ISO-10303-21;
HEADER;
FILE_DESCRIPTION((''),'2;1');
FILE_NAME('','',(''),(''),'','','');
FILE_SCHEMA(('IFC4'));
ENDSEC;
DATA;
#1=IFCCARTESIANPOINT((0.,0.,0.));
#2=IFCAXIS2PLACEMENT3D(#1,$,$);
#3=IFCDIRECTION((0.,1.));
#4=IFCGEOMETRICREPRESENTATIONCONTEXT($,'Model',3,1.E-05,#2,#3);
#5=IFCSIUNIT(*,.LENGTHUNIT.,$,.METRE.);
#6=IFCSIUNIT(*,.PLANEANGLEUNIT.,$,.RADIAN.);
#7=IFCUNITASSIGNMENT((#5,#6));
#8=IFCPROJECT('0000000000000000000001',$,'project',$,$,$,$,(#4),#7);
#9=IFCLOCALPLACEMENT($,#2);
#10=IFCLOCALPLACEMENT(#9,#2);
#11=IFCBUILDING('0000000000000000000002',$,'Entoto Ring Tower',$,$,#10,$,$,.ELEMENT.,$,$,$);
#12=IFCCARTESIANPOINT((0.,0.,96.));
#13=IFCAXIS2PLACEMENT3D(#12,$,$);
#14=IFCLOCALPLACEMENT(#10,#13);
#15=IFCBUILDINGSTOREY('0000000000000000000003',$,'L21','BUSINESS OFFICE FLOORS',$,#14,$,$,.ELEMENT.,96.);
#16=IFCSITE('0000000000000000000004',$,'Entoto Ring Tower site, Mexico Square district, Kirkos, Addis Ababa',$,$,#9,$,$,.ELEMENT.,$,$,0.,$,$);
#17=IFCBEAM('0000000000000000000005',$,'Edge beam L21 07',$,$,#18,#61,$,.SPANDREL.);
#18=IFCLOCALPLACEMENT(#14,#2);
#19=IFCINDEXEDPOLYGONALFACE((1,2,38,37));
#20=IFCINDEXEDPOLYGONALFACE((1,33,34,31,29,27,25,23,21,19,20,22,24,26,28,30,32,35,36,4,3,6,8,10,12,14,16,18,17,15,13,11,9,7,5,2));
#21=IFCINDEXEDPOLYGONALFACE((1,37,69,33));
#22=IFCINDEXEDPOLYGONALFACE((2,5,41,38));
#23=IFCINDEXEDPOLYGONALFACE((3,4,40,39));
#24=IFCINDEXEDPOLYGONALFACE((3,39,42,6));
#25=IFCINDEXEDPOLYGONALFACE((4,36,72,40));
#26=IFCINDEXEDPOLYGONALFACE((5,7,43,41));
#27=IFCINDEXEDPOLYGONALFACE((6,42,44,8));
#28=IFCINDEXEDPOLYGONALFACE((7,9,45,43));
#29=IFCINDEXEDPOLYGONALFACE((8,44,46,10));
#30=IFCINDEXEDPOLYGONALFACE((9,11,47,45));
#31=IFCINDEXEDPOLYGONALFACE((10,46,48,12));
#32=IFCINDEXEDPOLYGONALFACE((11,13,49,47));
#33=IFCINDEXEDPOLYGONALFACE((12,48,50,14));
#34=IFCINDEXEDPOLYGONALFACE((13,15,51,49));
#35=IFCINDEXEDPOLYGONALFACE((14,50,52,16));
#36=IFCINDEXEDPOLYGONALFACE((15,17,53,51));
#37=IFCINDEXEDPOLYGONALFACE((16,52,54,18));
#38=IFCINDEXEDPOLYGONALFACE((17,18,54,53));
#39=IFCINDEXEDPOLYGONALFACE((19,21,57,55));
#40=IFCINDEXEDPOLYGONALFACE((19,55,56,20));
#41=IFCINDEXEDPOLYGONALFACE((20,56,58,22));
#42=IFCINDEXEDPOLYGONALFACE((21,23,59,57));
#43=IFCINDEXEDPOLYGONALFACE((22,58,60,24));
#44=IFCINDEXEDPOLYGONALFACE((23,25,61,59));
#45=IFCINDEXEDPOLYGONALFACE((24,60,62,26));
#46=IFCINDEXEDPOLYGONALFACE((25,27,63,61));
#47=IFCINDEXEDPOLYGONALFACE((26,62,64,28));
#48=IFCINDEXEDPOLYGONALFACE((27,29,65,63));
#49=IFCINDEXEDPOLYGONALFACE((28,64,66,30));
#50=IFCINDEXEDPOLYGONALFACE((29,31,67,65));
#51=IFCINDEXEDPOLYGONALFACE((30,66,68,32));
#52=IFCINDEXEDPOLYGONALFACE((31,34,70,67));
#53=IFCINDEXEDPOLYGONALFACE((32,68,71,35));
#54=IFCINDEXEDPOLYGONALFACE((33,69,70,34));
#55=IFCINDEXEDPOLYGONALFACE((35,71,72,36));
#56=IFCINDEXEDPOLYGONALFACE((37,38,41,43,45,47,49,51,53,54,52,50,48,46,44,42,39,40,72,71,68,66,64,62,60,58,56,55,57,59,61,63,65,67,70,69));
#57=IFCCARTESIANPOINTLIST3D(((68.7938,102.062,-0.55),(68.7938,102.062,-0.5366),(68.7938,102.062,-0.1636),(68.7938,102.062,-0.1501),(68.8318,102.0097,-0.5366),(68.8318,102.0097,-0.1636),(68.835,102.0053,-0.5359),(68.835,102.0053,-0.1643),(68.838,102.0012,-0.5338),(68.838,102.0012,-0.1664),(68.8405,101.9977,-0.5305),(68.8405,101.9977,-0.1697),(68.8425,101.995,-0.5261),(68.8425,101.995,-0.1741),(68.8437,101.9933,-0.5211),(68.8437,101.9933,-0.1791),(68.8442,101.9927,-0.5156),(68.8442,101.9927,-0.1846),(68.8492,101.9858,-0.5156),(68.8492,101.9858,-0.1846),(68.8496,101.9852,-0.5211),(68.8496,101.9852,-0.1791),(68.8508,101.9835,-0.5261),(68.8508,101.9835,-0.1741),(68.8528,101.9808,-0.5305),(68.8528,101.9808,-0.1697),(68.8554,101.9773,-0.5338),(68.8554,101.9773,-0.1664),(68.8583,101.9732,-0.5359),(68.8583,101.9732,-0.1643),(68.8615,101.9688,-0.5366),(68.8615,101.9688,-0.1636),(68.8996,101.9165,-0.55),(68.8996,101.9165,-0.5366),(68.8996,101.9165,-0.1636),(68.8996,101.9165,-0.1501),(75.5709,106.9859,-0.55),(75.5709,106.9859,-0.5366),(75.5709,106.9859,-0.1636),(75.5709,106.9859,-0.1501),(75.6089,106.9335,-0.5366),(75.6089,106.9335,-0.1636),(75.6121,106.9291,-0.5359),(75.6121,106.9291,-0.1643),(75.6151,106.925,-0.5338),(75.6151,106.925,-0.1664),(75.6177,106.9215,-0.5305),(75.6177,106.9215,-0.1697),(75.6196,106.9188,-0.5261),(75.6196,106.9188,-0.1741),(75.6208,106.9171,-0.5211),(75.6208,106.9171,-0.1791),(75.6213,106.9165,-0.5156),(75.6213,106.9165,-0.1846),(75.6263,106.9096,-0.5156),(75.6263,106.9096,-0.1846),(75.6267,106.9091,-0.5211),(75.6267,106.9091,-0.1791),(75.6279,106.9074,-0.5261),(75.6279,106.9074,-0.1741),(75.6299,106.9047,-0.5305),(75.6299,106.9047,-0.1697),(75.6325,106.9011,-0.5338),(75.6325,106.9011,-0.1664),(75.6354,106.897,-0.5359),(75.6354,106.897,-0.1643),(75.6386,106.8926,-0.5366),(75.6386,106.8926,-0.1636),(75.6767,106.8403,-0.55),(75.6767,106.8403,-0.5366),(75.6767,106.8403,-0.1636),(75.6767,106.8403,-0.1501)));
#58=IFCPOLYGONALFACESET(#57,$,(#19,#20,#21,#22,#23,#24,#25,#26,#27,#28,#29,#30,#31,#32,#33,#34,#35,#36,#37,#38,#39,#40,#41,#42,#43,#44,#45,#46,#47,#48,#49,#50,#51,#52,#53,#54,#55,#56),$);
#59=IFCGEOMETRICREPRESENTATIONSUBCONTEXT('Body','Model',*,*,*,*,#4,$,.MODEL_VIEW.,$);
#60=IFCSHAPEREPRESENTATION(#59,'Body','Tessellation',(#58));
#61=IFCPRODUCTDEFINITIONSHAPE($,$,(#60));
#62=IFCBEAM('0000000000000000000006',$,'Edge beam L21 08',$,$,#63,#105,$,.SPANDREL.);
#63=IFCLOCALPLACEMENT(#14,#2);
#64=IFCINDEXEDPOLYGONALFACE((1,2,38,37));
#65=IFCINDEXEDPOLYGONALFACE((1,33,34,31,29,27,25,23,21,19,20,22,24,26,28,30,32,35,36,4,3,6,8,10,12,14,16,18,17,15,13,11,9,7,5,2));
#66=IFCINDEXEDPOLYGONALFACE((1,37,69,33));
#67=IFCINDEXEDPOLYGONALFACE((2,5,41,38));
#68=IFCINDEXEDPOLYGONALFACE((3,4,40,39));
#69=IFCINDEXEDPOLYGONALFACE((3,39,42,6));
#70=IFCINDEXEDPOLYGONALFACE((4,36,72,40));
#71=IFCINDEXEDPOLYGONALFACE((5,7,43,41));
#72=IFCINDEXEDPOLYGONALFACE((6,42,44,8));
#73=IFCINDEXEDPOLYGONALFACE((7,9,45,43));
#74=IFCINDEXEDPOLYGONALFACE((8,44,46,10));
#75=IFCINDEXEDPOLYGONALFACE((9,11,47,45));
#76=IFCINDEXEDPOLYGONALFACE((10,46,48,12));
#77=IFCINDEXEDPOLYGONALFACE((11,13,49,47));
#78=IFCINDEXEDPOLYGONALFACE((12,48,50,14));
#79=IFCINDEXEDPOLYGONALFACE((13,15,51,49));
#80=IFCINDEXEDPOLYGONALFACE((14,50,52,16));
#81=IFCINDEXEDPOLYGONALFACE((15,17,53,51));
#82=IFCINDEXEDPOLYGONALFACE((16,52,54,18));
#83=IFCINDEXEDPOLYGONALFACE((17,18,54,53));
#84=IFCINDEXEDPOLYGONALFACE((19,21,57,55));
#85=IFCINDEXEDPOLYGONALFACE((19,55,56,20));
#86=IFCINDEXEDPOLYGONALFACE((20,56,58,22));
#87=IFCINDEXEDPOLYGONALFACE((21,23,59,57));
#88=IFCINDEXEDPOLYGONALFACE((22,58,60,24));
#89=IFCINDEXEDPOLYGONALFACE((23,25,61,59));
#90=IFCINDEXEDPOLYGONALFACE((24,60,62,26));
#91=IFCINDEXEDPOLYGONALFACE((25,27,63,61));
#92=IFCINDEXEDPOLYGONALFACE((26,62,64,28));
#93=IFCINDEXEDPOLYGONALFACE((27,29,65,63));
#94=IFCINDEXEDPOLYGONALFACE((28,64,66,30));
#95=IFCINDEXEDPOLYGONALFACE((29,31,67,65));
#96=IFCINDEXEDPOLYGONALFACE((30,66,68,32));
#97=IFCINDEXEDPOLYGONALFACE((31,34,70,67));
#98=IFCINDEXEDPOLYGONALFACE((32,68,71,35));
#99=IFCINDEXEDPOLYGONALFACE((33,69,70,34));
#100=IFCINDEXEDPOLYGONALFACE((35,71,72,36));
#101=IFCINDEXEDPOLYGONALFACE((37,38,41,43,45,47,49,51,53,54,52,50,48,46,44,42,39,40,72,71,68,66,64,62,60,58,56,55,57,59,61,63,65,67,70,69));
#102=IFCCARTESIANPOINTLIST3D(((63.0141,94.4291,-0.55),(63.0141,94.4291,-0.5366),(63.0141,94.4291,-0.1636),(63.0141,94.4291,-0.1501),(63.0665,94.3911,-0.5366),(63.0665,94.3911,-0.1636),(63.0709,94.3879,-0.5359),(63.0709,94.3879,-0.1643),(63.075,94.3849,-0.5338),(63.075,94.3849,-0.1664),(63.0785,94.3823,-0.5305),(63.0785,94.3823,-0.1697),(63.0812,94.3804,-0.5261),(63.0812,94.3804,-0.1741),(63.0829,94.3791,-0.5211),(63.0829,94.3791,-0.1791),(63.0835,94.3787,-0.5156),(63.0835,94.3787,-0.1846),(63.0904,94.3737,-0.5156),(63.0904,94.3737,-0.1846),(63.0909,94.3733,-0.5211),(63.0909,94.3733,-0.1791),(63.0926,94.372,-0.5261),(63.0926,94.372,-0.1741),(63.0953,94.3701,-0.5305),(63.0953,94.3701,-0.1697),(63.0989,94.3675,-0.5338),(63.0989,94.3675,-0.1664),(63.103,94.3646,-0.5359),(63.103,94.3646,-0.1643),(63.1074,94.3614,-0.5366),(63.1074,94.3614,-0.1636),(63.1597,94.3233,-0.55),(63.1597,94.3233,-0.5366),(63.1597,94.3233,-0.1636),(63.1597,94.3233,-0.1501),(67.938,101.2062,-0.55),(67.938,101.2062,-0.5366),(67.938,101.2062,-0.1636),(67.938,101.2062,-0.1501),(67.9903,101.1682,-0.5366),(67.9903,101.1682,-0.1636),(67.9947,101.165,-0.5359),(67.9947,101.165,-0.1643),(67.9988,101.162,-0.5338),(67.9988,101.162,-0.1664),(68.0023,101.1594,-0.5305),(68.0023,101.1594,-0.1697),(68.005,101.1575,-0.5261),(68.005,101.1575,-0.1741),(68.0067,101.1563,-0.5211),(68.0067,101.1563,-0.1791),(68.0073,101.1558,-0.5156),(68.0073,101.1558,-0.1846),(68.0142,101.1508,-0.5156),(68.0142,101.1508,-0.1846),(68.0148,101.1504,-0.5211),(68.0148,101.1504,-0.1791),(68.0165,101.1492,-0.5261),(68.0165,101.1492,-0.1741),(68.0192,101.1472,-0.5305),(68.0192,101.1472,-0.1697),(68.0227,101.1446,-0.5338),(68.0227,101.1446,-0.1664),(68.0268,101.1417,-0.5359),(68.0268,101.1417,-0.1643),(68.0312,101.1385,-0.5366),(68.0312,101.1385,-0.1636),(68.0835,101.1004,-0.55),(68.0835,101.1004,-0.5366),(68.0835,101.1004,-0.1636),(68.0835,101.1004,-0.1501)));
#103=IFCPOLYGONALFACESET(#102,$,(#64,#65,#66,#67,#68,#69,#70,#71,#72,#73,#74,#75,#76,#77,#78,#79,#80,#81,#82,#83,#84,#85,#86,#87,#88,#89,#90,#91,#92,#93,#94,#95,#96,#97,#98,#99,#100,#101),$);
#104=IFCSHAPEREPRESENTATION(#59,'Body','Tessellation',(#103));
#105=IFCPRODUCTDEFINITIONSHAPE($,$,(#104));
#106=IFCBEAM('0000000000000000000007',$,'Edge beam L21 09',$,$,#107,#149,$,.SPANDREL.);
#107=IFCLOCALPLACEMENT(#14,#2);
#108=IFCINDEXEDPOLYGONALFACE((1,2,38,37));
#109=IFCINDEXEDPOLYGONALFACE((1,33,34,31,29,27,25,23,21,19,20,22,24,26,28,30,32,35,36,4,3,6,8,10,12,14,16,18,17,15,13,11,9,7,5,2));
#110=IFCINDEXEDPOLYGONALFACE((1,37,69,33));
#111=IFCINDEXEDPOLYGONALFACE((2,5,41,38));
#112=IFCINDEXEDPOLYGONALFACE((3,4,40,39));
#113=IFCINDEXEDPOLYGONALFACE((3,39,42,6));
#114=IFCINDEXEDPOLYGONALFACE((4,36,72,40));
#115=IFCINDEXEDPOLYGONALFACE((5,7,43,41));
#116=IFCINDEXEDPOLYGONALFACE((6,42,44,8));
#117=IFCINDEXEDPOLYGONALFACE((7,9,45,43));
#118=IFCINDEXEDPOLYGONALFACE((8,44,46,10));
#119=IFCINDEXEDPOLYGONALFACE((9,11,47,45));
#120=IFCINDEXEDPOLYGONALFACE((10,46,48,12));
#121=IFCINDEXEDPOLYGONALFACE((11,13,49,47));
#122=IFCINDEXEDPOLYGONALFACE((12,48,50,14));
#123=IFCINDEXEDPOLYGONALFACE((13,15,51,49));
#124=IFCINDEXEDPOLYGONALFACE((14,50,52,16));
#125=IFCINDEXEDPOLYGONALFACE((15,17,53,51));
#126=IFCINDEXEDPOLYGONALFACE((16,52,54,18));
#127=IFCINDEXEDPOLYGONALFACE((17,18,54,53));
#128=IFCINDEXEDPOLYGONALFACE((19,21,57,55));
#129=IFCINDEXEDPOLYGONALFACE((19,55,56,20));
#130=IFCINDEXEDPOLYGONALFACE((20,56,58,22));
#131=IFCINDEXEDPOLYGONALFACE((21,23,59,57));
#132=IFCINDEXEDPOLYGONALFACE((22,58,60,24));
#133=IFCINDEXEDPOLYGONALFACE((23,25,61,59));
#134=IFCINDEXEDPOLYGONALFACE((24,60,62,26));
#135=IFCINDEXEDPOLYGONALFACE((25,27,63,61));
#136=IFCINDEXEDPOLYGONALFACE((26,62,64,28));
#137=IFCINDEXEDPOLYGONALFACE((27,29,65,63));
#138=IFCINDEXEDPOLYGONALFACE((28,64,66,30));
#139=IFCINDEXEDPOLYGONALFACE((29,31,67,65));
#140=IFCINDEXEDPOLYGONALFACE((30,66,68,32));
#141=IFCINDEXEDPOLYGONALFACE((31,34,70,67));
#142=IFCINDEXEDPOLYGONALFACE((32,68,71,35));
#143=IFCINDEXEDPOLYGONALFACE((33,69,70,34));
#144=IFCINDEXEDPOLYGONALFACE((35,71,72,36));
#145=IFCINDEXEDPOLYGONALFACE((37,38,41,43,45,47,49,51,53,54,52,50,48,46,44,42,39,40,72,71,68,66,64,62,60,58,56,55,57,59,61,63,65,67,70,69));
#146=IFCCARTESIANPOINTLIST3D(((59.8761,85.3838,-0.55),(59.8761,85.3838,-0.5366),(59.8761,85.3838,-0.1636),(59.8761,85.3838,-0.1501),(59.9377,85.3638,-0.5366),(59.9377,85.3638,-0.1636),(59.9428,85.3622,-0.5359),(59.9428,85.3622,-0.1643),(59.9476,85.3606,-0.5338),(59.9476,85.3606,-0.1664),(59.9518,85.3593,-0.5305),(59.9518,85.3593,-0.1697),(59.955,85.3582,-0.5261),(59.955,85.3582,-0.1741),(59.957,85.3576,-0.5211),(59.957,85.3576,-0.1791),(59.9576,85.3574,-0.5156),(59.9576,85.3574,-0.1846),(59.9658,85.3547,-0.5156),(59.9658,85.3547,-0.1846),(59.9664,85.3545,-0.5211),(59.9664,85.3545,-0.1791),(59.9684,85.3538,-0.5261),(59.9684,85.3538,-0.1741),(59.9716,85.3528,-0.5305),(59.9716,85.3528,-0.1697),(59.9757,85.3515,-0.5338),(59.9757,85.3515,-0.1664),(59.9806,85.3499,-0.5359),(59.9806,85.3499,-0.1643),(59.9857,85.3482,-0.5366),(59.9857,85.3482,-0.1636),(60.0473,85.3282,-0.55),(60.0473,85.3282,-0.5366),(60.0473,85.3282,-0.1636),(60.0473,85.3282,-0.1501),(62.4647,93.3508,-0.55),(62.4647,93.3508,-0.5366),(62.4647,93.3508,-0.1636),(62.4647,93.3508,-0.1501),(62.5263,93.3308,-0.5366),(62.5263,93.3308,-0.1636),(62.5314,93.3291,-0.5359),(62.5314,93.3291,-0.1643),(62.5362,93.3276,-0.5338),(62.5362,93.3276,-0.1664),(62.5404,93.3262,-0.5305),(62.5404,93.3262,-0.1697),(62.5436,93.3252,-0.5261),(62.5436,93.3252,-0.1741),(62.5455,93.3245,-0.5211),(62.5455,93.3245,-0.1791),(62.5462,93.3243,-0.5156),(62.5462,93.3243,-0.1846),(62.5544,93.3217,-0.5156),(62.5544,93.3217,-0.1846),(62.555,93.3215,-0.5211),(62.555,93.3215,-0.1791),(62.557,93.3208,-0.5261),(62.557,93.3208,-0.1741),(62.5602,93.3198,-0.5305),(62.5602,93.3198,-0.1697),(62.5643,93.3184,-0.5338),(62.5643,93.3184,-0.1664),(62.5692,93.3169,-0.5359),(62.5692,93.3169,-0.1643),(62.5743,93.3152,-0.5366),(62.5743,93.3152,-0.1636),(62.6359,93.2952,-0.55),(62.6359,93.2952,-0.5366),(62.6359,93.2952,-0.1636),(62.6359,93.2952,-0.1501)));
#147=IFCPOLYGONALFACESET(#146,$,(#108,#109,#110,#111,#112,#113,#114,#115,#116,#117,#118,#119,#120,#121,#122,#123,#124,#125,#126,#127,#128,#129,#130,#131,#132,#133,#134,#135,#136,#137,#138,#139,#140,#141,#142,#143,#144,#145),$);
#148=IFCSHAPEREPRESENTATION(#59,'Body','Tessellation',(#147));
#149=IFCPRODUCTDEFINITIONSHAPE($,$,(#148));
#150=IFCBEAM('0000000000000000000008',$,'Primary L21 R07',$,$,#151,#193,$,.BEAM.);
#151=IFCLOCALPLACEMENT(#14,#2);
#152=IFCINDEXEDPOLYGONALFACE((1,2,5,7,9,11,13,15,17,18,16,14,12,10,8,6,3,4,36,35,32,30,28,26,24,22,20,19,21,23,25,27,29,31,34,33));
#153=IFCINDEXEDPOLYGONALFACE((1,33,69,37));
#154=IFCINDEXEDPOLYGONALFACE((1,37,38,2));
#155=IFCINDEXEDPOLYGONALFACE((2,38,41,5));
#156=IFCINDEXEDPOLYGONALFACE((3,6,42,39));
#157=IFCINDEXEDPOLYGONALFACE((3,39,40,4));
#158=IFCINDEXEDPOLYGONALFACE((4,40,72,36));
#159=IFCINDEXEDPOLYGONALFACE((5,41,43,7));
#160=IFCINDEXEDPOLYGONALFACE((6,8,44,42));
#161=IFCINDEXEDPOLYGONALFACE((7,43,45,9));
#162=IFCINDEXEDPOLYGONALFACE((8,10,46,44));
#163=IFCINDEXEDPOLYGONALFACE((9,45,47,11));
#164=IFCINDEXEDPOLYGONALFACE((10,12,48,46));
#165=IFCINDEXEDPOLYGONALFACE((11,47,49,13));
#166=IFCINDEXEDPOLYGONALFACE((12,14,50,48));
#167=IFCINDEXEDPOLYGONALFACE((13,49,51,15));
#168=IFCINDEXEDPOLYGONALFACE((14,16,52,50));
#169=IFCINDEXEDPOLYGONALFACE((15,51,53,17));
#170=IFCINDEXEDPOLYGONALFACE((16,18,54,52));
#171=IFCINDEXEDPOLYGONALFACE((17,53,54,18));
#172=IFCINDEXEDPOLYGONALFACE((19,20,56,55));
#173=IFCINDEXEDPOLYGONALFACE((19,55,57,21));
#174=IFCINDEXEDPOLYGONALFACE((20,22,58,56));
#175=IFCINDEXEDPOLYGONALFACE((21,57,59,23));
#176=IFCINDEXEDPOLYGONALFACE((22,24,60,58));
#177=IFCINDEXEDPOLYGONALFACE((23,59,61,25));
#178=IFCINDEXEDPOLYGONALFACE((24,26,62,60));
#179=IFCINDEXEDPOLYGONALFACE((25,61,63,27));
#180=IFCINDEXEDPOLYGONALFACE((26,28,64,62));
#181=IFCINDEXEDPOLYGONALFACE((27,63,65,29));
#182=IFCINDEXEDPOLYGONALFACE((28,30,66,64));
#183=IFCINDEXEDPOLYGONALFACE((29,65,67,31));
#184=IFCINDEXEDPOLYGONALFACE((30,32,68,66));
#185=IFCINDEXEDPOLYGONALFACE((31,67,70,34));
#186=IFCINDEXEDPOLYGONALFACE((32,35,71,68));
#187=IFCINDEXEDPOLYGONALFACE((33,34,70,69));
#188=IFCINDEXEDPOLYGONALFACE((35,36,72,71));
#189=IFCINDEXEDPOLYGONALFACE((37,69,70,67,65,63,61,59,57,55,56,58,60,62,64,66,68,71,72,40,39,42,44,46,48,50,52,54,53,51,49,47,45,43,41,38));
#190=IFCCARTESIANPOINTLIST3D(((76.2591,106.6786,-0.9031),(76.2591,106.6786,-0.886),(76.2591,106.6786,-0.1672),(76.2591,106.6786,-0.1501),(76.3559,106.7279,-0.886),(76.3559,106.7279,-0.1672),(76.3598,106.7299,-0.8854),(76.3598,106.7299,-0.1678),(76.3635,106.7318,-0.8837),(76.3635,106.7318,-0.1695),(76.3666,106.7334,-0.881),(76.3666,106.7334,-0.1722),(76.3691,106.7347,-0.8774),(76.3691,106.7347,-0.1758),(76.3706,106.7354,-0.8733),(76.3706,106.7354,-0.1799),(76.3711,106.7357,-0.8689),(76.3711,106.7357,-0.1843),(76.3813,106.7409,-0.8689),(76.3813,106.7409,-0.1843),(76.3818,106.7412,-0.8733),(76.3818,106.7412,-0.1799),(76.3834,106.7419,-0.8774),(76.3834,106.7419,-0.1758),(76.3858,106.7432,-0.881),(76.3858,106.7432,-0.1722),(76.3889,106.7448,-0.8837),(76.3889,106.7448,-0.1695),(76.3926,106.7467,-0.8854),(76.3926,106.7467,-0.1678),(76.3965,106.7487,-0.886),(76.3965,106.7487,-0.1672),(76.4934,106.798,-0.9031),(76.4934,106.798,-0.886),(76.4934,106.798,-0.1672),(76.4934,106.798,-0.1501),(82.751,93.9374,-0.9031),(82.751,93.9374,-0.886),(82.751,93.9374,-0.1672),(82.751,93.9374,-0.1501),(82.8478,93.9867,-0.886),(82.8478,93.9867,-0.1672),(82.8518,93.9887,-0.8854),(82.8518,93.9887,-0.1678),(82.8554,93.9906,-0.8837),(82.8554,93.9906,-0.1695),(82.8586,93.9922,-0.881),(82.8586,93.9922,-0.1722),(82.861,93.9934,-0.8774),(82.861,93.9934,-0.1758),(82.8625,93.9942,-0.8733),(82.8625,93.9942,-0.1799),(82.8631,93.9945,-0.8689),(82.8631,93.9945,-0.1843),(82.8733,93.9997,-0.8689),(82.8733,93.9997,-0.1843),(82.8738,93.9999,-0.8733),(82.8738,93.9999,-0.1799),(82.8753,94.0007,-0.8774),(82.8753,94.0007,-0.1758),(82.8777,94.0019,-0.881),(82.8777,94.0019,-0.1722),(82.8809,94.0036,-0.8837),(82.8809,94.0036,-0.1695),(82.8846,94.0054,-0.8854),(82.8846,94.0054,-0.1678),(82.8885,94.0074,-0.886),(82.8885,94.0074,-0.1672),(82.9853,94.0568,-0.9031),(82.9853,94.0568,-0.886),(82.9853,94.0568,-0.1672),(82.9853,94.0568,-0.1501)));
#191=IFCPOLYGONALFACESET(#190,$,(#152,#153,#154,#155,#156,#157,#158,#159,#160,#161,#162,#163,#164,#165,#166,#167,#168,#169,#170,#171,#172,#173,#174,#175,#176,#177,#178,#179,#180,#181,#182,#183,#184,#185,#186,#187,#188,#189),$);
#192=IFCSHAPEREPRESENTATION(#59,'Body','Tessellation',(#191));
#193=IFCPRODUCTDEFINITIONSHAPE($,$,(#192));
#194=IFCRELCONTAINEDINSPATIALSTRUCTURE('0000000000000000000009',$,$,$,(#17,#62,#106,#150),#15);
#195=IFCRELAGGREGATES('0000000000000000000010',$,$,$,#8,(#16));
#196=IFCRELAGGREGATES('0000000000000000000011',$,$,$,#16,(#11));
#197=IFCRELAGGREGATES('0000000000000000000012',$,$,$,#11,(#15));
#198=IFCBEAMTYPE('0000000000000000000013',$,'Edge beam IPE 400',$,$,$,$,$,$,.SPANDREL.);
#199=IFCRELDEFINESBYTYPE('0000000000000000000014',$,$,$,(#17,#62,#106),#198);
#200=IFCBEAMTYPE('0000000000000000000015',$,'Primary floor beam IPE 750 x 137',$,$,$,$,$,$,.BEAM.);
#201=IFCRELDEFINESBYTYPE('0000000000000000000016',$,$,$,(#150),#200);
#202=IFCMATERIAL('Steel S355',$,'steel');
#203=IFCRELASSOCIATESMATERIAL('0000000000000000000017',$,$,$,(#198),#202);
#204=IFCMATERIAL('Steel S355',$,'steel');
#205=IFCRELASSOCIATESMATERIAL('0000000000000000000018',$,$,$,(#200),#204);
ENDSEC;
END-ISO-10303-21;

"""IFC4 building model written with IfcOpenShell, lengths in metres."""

from ifc_helpers import new_model, si_unit, direction, frame, origin, origin_2d, place, context, subcontext, project, spatial, i_section, extrude, material, material_profile, profile_set, type_object, element, save


model = new_model("IFC4")

# Units and contexts
model_context = context("Model", 3, precision=1e-05, world=origin(), true_north=direction((0.0, 1.0)))
body_context = subcontext(model_context, "Body", "Model", "MODEL_VIEW")
ifc_project = project(units=[si_unit("LENGTHUNIT", "METRE"), si_unit("PLANEANGLEUNIT", "RADIAN")], contexts=[model_context])

# Site, building, storey
site_placement = place(None, origin())
site = spatial("IfcSite", under=ifc_project, at=site_placement, Name="Entoto Ring Tower site, Mexico Square district, Kirkos, Addis Ababa", CompositionType="ELEMENT", RefElevation=0.0)
building_placement = place(site_placement, origin())
building = spatial("IfcBuilding", under=site, at=building_placement, Name="Entoto Ring Tower", CompositionType="ELEMENT")
storey_placement = place(building_placement, frame((0.0, 0.0, 96.0)))
storey = spatial("IfcBuildingStorey", under=building, at=storey_placement, Name="L21", Description="BUSINESS OFFICE FLOORS", CompositionType="ELEMENT", Elevation=96.0)

# Beams
ifc_material_1 = material(Name="Steel S355", Category="steel")
ifc_material_profile_1 = material_profile(ifc_material_1, i_section(OverallWidth=0.1799, OverallDepth=0.3999, WebThickness=0.0085, FlangeThickness=0.0134, FilletRadius=0.021, at=origin_2d()), Name="IPE 400")
ifc_profile_set_1 = profile_set([ifc_material_profile_1], Name="Steel S355")
beam_type_1 = type_object("IfcBeamType", Name="Edge beam IPE 400", PredefinedType="SPANDREL", material=ifc_profile_set_1)
for number, where, z_axis, x_axis, name in (
    (1, (75.6238, 106.9131, -0.3501), (-0.809018, -0.587783, 0.0), (0.587783, -0.809018, 0.0), "Edge beam L21 07"),
    (2, (68.0107, 101.1533, -0.3501), (-0.587783, -0.809018, 0.0), (0.809018, -0.587783, 0.0), "Edge beam L21 08"),
    (3, (62.5503, 93.323, -0.3501), (-0.309014, -0.951057, 0.0), (0.951057, -0.309014, 0.0), "Edge beam L21 09"),
):
    element("IfcBeam", number, at=place(storey_placement, frame(where, z_axis=z_axis, x_axis=x_axis)), inside=storey, type_object=beam_type_1, Name=name, PredefinedType="SPANDREL", context=body_context, shape_type="SweptSolid", body=[
        extrude(i_section(OverallWidth=0.1799, OverallDepth=0.3999, WebThickness=0.0085, FlangeThickness=0.0134, FilletRadius=0.021, at=origin_2d()), origin(), (0.0, 0.0, 1.0), 8.377),
    ])
ifc_material_2 = material(Name="Steel S355", Category="steel")
ifc_material_profile_2 = material_profile(ifc_material_2, i_section(OverallWidth=0.2629, OverallDepth=0.7529, WebThickness=0.0115, FlangeThickness=0.0171, FilletRadius=0.0171, at=origin_2d()), Name="IPE 750 x 137")
ifc_profile_set_2 = profile_set([ifc_material_profile_2], Name="Steel S355")
beam_type_2 = type_object("IfcBeamType", Name="Primary floor beam IPE 750 x 137", PredefinedType="BEAM", material=ifc_profile_set_2)
beam_1_placement = place(storey_placement, frame((82.8682, 93.9971, -0.5266), z_axis=(-0.453989, 0.891007, 0.0), x_axis=(-0.891007, -0.453989, 0.0)))
element("IfcBeam", 4, at=beam_1_placement, inside=storey, type_object=beam_type_2, Name="Primary L21 R07", PredefinedType="BEAM", context=body_context, shape_type="SweptSolid", body=[
    extrude(i_section(OverallWidth=0.2629, OverallDepth=0.7529, WebThickness=0.0115, FlangeThickness=0.0171, FilletRadius=0.0171, at=origin_2d()), origin(), (0.0, 0.0, 1.0), 14.2998),
])

save(model, "model.ifc")
